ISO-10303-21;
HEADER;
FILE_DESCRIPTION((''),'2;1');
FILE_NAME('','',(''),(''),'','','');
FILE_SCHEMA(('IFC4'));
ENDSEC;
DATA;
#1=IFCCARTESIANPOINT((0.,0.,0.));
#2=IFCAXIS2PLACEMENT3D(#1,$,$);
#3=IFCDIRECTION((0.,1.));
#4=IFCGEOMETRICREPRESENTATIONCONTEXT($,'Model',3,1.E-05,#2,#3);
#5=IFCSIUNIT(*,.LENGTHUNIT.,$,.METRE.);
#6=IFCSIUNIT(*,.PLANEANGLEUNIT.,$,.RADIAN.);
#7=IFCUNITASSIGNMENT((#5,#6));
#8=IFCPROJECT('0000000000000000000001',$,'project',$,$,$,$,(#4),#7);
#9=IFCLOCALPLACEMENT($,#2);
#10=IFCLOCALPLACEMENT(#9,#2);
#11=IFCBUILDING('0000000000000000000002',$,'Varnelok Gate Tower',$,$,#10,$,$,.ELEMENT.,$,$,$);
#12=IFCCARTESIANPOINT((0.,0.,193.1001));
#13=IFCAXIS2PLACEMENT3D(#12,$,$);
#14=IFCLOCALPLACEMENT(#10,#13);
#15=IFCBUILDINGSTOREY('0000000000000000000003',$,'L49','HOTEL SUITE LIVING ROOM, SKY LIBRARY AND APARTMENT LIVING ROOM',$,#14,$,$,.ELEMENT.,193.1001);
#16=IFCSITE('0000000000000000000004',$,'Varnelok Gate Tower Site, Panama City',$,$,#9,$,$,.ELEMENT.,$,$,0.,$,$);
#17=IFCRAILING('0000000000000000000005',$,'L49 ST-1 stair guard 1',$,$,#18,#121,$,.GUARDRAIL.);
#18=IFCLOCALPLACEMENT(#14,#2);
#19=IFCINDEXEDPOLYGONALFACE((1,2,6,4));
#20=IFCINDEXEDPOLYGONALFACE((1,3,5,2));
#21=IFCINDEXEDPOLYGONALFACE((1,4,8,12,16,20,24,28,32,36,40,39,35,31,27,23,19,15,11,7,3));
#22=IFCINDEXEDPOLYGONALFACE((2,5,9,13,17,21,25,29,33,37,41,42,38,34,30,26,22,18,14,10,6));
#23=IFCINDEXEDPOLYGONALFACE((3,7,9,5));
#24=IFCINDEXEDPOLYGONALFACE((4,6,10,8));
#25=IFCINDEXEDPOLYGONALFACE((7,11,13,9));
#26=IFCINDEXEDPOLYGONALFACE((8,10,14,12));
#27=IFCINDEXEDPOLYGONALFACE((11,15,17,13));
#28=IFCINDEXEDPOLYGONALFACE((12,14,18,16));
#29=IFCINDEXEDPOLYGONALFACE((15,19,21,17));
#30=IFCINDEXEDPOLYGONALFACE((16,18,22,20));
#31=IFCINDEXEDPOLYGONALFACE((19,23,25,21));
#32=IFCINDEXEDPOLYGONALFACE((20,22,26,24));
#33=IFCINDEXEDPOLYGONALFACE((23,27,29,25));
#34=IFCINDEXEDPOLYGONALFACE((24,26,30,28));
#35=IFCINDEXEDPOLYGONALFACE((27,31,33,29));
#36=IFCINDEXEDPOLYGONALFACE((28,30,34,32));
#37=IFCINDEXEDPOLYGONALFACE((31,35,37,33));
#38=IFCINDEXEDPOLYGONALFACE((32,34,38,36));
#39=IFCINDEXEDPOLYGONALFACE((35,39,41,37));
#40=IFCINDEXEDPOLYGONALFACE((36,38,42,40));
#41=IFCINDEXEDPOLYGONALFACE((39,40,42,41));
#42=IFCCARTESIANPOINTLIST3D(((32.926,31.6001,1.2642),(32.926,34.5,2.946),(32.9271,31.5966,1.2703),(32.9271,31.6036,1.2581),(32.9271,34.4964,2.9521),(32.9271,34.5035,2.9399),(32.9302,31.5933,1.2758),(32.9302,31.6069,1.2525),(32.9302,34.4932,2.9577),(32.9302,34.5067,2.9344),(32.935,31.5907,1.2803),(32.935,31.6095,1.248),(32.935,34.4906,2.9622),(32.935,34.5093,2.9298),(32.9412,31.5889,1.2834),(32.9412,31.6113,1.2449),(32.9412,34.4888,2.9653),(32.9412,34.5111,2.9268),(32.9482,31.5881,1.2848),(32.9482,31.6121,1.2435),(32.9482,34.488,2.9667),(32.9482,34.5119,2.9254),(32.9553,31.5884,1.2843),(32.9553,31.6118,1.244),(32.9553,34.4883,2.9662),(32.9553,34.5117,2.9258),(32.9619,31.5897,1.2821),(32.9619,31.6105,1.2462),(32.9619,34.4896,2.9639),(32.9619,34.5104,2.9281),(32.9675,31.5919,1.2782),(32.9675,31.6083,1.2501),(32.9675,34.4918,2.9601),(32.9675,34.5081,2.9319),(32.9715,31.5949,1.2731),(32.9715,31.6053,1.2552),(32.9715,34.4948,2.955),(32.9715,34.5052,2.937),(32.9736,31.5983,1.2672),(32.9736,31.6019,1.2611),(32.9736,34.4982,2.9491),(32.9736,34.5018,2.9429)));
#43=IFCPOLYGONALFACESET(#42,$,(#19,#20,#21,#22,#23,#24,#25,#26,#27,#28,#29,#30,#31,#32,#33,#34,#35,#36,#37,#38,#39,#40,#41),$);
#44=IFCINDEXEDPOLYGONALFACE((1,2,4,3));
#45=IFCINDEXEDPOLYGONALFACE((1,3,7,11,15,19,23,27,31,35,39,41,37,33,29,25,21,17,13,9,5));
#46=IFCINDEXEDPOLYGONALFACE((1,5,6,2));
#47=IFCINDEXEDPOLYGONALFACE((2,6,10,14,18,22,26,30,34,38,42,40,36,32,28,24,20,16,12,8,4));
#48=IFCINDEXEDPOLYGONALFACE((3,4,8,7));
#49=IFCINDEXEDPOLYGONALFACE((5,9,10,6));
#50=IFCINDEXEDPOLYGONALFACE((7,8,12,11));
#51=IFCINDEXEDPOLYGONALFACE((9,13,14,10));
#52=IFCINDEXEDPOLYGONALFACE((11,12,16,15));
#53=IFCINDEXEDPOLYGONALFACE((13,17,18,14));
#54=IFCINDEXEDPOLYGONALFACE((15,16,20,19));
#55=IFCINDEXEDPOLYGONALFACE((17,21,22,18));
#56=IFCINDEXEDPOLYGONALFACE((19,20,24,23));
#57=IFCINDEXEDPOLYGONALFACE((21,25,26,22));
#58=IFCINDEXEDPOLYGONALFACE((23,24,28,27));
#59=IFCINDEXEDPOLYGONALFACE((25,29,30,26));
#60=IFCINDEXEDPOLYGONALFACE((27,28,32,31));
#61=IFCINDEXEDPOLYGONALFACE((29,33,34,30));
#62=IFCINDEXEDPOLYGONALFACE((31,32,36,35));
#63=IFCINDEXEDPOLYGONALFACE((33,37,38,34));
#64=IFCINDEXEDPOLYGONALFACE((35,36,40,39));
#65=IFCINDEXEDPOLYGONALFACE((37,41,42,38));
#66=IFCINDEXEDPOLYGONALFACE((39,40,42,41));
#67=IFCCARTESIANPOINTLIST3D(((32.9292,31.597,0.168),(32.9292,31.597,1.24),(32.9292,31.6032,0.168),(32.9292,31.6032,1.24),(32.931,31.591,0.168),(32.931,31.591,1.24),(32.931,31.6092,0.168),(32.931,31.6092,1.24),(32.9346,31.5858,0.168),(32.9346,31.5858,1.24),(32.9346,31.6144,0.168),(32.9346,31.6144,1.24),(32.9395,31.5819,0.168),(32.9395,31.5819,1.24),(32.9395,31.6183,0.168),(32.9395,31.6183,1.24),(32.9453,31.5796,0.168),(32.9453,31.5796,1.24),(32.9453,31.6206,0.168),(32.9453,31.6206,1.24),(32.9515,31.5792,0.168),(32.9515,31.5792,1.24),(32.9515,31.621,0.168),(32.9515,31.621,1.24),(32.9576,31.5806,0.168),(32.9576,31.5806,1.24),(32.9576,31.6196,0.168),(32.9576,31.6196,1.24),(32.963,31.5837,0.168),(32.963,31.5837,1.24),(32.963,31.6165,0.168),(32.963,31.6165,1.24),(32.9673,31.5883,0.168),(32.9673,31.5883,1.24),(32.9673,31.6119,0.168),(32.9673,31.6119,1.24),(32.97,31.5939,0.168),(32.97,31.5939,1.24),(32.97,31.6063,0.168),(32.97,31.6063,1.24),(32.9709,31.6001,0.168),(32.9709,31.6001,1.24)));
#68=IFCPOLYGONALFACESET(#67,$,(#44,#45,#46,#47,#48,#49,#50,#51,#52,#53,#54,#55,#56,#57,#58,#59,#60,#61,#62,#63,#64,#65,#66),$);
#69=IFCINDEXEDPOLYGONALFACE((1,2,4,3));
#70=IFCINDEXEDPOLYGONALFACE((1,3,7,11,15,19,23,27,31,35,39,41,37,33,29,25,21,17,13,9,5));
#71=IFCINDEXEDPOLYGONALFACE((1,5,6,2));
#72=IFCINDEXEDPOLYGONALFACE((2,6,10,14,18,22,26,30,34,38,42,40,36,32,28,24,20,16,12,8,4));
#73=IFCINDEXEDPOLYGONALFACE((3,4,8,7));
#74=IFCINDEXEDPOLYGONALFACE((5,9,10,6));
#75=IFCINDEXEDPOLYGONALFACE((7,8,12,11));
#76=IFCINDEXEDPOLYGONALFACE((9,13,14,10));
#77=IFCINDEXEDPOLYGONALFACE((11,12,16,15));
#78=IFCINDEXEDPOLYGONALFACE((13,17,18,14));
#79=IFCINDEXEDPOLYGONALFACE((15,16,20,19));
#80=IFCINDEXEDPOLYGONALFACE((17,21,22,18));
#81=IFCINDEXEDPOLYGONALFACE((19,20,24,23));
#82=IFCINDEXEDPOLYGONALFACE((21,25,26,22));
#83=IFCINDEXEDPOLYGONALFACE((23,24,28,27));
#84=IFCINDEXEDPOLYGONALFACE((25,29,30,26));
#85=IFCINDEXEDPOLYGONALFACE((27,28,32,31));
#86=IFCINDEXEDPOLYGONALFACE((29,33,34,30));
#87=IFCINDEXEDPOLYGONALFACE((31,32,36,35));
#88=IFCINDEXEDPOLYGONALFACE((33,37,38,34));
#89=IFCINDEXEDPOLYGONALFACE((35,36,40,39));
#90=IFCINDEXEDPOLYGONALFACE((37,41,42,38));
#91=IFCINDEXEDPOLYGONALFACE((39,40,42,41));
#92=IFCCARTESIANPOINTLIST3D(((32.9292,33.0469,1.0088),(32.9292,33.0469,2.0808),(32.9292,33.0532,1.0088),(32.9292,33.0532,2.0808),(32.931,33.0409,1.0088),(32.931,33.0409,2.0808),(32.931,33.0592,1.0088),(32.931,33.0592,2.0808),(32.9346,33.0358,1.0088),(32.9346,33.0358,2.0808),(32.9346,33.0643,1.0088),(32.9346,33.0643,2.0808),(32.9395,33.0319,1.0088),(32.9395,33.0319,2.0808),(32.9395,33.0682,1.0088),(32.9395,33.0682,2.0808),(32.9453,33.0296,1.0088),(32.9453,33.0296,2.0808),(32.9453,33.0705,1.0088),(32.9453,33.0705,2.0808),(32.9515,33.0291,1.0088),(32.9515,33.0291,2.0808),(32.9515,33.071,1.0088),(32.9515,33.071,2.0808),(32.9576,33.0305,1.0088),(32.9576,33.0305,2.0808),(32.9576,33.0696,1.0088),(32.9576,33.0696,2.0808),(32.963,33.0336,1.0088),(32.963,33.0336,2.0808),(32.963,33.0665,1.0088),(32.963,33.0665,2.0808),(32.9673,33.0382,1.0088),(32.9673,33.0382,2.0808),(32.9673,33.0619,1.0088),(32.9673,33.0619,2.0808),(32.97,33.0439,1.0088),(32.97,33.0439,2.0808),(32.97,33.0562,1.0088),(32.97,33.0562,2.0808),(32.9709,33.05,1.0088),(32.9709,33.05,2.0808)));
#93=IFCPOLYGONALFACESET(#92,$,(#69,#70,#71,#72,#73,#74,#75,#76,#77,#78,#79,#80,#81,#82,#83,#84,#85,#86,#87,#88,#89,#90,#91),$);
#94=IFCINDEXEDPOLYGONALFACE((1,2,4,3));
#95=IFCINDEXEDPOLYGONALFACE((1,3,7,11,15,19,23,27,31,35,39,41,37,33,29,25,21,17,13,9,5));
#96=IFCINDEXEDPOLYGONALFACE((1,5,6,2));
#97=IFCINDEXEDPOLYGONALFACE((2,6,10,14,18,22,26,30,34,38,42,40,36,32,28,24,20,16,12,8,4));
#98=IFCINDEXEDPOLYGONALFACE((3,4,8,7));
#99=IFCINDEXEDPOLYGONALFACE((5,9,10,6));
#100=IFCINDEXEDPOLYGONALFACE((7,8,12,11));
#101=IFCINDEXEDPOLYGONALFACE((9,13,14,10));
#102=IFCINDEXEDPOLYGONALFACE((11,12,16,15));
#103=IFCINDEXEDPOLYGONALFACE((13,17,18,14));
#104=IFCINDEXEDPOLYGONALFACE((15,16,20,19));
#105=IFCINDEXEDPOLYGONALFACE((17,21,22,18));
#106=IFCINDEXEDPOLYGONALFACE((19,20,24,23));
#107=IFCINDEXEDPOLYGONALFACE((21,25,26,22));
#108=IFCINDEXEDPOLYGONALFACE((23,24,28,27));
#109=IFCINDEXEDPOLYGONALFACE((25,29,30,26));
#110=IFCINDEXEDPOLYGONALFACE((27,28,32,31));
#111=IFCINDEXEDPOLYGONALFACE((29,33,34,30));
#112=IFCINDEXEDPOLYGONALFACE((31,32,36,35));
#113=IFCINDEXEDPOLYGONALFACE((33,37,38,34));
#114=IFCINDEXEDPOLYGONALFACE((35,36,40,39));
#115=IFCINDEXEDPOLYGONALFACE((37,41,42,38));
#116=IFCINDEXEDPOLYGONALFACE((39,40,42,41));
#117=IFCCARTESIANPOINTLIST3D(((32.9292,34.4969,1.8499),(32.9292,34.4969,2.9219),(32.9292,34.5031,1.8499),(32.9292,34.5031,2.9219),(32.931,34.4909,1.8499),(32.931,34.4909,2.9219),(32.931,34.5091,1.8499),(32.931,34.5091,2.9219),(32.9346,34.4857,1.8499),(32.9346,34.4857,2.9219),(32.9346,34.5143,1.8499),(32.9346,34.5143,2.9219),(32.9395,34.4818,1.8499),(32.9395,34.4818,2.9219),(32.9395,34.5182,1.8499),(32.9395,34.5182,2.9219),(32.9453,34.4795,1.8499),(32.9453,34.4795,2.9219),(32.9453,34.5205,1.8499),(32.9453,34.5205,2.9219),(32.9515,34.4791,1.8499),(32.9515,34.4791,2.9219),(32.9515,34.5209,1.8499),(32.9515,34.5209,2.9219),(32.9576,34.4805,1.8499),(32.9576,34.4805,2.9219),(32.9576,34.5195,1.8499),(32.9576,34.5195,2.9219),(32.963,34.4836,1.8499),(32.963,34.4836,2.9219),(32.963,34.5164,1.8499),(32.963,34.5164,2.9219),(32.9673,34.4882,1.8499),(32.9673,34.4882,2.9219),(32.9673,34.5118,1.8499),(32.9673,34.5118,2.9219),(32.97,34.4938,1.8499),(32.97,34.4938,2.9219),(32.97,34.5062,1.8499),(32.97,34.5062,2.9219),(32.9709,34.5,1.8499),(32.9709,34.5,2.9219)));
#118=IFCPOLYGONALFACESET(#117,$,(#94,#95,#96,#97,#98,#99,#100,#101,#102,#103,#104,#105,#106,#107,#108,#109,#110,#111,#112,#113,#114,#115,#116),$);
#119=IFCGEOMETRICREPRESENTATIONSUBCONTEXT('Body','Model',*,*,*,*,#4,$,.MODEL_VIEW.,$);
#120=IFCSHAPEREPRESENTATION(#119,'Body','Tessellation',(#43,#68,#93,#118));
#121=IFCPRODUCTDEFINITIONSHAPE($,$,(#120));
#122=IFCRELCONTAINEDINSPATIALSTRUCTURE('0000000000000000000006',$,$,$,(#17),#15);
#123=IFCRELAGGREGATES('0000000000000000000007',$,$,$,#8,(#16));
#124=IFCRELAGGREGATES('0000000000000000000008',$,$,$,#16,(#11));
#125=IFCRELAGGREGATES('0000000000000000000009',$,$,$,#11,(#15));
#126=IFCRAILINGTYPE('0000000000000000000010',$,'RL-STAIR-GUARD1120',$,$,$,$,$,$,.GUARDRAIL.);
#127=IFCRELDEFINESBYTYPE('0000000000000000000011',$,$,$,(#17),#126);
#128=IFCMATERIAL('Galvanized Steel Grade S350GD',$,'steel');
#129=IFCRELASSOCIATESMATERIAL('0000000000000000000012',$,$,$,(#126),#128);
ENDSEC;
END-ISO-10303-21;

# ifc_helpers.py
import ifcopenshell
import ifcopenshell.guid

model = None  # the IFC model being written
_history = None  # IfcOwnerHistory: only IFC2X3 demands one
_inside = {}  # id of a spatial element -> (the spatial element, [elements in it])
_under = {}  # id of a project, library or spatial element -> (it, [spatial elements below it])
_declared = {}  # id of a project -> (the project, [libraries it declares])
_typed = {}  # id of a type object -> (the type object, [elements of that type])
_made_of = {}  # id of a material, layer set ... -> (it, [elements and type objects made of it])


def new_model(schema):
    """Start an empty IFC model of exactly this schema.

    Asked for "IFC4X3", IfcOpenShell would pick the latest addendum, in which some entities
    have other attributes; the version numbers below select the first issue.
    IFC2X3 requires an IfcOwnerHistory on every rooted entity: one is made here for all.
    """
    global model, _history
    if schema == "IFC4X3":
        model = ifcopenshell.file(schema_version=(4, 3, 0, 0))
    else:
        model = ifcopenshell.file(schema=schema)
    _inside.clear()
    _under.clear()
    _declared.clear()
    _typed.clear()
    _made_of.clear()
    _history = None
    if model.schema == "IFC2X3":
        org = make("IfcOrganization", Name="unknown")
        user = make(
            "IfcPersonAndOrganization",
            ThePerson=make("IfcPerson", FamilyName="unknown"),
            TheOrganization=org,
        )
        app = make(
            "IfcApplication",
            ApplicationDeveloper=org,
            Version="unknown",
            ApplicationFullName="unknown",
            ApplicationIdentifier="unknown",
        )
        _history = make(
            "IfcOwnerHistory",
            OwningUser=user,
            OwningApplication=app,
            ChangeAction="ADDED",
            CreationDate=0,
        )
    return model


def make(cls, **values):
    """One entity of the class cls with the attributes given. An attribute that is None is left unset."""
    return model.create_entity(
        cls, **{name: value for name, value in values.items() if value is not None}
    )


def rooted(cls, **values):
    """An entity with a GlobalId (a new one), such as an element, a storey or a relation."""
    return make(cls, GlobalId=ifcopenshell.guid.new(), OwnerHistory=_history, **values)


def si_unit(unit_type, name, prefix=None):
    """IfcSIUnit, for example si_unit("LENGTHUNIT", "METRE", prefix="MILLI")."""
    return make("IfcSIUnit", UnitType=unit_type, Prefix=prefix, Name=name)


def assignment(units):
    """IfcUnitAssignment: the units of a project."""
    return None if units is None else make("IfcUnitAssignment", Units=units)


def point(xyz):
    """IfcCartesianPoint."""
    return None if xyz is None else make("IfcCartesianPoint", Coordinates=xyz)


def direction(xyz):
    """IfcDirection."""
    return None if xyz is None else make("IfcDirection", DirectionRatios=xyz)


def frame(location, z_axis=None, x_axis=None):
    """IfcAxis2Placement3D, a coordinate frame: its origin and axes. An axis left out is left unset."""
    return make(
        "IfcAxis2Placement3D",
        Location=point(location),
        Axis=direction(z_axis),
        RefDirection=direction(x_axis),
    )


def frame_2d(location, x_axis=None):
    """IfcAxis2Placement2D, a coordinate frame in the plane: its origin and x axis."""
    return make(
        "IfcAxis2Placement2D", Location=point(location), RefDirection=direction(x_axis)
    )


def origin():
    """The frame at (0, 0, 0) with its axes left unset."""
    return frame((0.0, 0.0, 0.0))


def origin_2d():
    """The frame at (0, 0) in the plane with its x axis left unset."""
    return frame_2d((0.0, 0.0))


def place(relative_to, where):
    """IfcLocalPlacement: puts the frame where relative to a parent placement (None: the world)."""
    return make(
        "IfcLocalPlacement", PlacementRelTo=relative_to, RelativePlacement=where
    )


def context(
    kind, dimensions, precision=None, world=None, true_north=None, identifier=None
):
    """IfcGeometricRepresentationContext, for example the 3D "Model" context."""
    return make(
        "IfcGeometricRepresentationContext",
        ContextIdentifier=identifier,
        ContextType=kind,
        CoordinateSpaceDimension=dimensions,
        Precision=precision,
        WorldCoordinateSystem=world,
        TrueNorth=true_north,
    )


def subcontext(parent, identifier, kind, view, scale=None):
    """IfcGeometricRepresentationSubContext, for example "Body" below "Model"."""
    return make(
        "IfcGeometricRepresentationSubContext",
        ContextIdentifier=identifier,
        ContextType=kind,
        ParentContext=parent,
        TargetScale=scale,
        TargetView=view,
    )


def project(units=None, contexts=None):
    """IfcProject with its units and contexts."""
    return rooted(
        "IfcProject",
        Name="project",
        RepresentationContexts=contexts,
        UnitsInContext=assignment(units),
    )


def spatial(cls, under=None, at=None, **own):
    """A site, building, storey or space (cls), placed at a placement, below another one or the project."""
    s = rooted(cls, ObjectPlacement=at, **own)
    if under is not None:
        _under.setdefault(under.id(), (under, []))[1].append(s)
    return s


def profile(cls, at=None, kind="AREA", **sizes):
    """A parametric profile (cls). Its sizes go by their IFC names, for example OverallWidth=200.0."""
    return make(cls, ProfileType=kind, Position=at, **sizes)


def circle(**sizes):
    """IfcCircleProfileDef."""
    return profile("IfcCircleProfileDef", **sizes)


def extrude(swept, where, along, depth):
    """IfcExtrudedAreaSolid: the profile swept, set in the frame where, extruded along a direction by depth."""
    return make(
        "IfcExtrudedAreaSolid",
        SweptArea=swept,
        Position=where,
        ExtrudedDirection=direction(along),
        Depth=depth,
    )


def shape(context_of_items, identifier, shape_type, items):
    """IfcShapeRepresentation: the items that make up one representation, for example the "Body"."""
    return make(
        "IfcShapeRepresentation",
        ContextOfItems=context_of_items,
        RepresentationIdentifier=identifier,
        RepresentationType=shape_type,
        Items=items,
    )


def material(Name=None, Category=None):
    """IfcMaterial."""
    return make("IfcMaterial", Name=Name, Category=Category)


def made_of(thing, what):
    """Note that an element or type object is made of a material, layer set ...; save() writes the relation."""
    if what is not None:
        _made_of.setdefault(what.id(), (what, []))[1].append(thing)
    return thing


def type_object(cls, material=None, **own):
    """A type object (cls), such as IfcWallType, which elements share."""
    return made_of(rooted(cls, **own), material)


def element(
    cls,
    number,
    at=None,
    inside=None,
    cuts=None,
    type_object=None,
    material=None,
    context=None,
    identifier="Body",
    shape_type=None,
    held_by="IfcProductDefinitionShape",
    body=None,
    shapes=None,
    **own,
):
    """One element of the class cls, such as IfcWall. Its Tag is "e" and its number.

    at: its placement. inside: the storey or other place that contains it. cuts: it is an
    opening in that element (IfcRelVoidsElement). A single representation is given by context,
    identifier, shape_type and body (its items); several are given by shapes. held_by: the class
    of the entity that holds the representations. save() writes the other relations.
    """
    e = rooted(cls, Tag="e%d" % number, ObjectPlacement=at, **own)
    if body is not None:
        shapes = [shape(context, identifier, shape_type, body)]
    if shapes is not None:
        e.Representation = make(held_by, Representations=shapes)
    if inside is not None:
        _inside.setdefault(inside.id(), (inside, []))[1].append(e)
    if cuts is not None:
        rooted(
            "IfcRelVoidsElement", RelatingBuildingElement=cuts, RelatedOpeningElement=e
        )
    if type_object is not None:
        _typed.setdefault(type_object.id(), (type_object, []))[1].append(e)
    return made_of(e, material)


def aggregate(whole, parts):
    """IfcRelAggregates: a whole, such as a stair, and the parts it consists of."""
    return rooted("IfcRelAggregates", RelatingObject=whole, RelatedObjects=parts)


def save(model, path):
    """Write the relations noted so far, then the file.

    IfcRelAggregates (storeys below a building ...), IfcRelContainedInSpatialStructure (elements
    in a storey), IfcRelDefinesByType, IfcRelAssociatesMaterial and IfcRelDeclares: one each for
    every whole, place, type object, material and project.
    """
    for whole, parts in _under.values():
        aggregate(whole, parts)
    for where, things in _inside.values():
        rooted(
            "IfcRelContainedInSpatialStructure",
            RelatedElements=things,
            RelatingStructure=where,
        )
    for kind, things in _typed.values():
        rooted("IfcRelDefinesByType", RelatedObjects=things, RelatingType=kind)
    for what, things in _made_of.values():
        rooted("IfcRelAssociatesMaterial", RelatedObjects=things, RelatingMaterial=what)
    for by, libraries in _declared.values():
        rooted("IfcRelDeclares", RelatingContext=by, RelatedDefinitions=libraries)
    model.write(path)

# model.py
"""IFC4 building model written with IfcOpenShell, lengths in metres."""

from ifc_helpers import new_model, si_unit, direction, frame, origin, origin_2d, place, context, subcontext, project, spatial, circle, extrude, material, type_object, element, save


model = new_model("IFC4")

# Units and contexts
model_context = context("Model", 3, precision=1e-05, world=origin(), true_north=direction((0.0, 1.0)))
body_context = subcontext(model_context, "Body", "Model", "MODEL_VIEW")
ifc_project = project(units=[si_unit("LENGTHUNIT", "METRE"), si_unit("PLANEANGLEUNIT", "RADIAN")], contexts=[model_context])

# Site, building, storey
site_placement = place(None, origin())
site = spatial("IfcSite", under=ifc_project, at=site_placement, Name="Varnelok Gate Tower Site, Panama City", CompositionType="ELEMENT", RefElevation=0.0)
building_placement = place(site_placement, origin())
building = spatial("IfcBuilding", under=site, at=building_placement, Name="Varnelok Gate Tower", CompositionType="ELEMENT")
storey_placement = place(building_placement, frame((0.0, 0.0, 193.1001)))
storey = spatial("IfcBuildingStorey", under=building, at=storey_placement, Name="L49", Description="HOTEL SUITE LIVING ROOM, SKY LIBRARY AND APARTMENT LIVING ROOM", CompositionType="ELEMENT", Elevation=193.1001)

# Shared definitions
ifc_material_1 = material(Name="Galvanized Steel Grade S350GD", Category="steel")

# Railing
railing_type_1 = type_object("IfcRailingType", Name="RL-STAIR-GUARD1120", PredefinedType="GUARDRAIL", material=ifc_material_1)
railing_1_placement = place(storey_placement, frame((32.95, 31.6001, 0.168)))
element("IfcRailing", 1, at=railing_1_placement, inside=storey, type_object=railing_type_1, Name="L49 ST-1 stair guard 1", PredefinedType="GUARDRAIL", context=body_context, shape_type="SweptSolid", body=[
    extrude(circle(Radius=0.0239, at=origin_2d()), frame((0.0, 0.0, 1.0962), z_axis=(0.0, 0.865039, 0.501705), x_axis=(-1.0, 0.0, 0.0)), (0.0, 0.0, 1.0), 3.3523),
    extrude(circle(Radius=0.021, at=origin_2d()), origin(), (0.0, 0.0, 1.0), 1.072),
    extrude(circle(Radius=0.021, at=origin_2d()), frame((0.0, 1.45, 0.8408)), (0.0, 0.0, 1.0), 1.072),
    extrude(circle(Radius=0.021, at=origin_2d()), frame((0.0, 2.8999, 1.6819)), (0.0, 0.0, 1.0), 1.072),
])

save(model, "model.ifc")
